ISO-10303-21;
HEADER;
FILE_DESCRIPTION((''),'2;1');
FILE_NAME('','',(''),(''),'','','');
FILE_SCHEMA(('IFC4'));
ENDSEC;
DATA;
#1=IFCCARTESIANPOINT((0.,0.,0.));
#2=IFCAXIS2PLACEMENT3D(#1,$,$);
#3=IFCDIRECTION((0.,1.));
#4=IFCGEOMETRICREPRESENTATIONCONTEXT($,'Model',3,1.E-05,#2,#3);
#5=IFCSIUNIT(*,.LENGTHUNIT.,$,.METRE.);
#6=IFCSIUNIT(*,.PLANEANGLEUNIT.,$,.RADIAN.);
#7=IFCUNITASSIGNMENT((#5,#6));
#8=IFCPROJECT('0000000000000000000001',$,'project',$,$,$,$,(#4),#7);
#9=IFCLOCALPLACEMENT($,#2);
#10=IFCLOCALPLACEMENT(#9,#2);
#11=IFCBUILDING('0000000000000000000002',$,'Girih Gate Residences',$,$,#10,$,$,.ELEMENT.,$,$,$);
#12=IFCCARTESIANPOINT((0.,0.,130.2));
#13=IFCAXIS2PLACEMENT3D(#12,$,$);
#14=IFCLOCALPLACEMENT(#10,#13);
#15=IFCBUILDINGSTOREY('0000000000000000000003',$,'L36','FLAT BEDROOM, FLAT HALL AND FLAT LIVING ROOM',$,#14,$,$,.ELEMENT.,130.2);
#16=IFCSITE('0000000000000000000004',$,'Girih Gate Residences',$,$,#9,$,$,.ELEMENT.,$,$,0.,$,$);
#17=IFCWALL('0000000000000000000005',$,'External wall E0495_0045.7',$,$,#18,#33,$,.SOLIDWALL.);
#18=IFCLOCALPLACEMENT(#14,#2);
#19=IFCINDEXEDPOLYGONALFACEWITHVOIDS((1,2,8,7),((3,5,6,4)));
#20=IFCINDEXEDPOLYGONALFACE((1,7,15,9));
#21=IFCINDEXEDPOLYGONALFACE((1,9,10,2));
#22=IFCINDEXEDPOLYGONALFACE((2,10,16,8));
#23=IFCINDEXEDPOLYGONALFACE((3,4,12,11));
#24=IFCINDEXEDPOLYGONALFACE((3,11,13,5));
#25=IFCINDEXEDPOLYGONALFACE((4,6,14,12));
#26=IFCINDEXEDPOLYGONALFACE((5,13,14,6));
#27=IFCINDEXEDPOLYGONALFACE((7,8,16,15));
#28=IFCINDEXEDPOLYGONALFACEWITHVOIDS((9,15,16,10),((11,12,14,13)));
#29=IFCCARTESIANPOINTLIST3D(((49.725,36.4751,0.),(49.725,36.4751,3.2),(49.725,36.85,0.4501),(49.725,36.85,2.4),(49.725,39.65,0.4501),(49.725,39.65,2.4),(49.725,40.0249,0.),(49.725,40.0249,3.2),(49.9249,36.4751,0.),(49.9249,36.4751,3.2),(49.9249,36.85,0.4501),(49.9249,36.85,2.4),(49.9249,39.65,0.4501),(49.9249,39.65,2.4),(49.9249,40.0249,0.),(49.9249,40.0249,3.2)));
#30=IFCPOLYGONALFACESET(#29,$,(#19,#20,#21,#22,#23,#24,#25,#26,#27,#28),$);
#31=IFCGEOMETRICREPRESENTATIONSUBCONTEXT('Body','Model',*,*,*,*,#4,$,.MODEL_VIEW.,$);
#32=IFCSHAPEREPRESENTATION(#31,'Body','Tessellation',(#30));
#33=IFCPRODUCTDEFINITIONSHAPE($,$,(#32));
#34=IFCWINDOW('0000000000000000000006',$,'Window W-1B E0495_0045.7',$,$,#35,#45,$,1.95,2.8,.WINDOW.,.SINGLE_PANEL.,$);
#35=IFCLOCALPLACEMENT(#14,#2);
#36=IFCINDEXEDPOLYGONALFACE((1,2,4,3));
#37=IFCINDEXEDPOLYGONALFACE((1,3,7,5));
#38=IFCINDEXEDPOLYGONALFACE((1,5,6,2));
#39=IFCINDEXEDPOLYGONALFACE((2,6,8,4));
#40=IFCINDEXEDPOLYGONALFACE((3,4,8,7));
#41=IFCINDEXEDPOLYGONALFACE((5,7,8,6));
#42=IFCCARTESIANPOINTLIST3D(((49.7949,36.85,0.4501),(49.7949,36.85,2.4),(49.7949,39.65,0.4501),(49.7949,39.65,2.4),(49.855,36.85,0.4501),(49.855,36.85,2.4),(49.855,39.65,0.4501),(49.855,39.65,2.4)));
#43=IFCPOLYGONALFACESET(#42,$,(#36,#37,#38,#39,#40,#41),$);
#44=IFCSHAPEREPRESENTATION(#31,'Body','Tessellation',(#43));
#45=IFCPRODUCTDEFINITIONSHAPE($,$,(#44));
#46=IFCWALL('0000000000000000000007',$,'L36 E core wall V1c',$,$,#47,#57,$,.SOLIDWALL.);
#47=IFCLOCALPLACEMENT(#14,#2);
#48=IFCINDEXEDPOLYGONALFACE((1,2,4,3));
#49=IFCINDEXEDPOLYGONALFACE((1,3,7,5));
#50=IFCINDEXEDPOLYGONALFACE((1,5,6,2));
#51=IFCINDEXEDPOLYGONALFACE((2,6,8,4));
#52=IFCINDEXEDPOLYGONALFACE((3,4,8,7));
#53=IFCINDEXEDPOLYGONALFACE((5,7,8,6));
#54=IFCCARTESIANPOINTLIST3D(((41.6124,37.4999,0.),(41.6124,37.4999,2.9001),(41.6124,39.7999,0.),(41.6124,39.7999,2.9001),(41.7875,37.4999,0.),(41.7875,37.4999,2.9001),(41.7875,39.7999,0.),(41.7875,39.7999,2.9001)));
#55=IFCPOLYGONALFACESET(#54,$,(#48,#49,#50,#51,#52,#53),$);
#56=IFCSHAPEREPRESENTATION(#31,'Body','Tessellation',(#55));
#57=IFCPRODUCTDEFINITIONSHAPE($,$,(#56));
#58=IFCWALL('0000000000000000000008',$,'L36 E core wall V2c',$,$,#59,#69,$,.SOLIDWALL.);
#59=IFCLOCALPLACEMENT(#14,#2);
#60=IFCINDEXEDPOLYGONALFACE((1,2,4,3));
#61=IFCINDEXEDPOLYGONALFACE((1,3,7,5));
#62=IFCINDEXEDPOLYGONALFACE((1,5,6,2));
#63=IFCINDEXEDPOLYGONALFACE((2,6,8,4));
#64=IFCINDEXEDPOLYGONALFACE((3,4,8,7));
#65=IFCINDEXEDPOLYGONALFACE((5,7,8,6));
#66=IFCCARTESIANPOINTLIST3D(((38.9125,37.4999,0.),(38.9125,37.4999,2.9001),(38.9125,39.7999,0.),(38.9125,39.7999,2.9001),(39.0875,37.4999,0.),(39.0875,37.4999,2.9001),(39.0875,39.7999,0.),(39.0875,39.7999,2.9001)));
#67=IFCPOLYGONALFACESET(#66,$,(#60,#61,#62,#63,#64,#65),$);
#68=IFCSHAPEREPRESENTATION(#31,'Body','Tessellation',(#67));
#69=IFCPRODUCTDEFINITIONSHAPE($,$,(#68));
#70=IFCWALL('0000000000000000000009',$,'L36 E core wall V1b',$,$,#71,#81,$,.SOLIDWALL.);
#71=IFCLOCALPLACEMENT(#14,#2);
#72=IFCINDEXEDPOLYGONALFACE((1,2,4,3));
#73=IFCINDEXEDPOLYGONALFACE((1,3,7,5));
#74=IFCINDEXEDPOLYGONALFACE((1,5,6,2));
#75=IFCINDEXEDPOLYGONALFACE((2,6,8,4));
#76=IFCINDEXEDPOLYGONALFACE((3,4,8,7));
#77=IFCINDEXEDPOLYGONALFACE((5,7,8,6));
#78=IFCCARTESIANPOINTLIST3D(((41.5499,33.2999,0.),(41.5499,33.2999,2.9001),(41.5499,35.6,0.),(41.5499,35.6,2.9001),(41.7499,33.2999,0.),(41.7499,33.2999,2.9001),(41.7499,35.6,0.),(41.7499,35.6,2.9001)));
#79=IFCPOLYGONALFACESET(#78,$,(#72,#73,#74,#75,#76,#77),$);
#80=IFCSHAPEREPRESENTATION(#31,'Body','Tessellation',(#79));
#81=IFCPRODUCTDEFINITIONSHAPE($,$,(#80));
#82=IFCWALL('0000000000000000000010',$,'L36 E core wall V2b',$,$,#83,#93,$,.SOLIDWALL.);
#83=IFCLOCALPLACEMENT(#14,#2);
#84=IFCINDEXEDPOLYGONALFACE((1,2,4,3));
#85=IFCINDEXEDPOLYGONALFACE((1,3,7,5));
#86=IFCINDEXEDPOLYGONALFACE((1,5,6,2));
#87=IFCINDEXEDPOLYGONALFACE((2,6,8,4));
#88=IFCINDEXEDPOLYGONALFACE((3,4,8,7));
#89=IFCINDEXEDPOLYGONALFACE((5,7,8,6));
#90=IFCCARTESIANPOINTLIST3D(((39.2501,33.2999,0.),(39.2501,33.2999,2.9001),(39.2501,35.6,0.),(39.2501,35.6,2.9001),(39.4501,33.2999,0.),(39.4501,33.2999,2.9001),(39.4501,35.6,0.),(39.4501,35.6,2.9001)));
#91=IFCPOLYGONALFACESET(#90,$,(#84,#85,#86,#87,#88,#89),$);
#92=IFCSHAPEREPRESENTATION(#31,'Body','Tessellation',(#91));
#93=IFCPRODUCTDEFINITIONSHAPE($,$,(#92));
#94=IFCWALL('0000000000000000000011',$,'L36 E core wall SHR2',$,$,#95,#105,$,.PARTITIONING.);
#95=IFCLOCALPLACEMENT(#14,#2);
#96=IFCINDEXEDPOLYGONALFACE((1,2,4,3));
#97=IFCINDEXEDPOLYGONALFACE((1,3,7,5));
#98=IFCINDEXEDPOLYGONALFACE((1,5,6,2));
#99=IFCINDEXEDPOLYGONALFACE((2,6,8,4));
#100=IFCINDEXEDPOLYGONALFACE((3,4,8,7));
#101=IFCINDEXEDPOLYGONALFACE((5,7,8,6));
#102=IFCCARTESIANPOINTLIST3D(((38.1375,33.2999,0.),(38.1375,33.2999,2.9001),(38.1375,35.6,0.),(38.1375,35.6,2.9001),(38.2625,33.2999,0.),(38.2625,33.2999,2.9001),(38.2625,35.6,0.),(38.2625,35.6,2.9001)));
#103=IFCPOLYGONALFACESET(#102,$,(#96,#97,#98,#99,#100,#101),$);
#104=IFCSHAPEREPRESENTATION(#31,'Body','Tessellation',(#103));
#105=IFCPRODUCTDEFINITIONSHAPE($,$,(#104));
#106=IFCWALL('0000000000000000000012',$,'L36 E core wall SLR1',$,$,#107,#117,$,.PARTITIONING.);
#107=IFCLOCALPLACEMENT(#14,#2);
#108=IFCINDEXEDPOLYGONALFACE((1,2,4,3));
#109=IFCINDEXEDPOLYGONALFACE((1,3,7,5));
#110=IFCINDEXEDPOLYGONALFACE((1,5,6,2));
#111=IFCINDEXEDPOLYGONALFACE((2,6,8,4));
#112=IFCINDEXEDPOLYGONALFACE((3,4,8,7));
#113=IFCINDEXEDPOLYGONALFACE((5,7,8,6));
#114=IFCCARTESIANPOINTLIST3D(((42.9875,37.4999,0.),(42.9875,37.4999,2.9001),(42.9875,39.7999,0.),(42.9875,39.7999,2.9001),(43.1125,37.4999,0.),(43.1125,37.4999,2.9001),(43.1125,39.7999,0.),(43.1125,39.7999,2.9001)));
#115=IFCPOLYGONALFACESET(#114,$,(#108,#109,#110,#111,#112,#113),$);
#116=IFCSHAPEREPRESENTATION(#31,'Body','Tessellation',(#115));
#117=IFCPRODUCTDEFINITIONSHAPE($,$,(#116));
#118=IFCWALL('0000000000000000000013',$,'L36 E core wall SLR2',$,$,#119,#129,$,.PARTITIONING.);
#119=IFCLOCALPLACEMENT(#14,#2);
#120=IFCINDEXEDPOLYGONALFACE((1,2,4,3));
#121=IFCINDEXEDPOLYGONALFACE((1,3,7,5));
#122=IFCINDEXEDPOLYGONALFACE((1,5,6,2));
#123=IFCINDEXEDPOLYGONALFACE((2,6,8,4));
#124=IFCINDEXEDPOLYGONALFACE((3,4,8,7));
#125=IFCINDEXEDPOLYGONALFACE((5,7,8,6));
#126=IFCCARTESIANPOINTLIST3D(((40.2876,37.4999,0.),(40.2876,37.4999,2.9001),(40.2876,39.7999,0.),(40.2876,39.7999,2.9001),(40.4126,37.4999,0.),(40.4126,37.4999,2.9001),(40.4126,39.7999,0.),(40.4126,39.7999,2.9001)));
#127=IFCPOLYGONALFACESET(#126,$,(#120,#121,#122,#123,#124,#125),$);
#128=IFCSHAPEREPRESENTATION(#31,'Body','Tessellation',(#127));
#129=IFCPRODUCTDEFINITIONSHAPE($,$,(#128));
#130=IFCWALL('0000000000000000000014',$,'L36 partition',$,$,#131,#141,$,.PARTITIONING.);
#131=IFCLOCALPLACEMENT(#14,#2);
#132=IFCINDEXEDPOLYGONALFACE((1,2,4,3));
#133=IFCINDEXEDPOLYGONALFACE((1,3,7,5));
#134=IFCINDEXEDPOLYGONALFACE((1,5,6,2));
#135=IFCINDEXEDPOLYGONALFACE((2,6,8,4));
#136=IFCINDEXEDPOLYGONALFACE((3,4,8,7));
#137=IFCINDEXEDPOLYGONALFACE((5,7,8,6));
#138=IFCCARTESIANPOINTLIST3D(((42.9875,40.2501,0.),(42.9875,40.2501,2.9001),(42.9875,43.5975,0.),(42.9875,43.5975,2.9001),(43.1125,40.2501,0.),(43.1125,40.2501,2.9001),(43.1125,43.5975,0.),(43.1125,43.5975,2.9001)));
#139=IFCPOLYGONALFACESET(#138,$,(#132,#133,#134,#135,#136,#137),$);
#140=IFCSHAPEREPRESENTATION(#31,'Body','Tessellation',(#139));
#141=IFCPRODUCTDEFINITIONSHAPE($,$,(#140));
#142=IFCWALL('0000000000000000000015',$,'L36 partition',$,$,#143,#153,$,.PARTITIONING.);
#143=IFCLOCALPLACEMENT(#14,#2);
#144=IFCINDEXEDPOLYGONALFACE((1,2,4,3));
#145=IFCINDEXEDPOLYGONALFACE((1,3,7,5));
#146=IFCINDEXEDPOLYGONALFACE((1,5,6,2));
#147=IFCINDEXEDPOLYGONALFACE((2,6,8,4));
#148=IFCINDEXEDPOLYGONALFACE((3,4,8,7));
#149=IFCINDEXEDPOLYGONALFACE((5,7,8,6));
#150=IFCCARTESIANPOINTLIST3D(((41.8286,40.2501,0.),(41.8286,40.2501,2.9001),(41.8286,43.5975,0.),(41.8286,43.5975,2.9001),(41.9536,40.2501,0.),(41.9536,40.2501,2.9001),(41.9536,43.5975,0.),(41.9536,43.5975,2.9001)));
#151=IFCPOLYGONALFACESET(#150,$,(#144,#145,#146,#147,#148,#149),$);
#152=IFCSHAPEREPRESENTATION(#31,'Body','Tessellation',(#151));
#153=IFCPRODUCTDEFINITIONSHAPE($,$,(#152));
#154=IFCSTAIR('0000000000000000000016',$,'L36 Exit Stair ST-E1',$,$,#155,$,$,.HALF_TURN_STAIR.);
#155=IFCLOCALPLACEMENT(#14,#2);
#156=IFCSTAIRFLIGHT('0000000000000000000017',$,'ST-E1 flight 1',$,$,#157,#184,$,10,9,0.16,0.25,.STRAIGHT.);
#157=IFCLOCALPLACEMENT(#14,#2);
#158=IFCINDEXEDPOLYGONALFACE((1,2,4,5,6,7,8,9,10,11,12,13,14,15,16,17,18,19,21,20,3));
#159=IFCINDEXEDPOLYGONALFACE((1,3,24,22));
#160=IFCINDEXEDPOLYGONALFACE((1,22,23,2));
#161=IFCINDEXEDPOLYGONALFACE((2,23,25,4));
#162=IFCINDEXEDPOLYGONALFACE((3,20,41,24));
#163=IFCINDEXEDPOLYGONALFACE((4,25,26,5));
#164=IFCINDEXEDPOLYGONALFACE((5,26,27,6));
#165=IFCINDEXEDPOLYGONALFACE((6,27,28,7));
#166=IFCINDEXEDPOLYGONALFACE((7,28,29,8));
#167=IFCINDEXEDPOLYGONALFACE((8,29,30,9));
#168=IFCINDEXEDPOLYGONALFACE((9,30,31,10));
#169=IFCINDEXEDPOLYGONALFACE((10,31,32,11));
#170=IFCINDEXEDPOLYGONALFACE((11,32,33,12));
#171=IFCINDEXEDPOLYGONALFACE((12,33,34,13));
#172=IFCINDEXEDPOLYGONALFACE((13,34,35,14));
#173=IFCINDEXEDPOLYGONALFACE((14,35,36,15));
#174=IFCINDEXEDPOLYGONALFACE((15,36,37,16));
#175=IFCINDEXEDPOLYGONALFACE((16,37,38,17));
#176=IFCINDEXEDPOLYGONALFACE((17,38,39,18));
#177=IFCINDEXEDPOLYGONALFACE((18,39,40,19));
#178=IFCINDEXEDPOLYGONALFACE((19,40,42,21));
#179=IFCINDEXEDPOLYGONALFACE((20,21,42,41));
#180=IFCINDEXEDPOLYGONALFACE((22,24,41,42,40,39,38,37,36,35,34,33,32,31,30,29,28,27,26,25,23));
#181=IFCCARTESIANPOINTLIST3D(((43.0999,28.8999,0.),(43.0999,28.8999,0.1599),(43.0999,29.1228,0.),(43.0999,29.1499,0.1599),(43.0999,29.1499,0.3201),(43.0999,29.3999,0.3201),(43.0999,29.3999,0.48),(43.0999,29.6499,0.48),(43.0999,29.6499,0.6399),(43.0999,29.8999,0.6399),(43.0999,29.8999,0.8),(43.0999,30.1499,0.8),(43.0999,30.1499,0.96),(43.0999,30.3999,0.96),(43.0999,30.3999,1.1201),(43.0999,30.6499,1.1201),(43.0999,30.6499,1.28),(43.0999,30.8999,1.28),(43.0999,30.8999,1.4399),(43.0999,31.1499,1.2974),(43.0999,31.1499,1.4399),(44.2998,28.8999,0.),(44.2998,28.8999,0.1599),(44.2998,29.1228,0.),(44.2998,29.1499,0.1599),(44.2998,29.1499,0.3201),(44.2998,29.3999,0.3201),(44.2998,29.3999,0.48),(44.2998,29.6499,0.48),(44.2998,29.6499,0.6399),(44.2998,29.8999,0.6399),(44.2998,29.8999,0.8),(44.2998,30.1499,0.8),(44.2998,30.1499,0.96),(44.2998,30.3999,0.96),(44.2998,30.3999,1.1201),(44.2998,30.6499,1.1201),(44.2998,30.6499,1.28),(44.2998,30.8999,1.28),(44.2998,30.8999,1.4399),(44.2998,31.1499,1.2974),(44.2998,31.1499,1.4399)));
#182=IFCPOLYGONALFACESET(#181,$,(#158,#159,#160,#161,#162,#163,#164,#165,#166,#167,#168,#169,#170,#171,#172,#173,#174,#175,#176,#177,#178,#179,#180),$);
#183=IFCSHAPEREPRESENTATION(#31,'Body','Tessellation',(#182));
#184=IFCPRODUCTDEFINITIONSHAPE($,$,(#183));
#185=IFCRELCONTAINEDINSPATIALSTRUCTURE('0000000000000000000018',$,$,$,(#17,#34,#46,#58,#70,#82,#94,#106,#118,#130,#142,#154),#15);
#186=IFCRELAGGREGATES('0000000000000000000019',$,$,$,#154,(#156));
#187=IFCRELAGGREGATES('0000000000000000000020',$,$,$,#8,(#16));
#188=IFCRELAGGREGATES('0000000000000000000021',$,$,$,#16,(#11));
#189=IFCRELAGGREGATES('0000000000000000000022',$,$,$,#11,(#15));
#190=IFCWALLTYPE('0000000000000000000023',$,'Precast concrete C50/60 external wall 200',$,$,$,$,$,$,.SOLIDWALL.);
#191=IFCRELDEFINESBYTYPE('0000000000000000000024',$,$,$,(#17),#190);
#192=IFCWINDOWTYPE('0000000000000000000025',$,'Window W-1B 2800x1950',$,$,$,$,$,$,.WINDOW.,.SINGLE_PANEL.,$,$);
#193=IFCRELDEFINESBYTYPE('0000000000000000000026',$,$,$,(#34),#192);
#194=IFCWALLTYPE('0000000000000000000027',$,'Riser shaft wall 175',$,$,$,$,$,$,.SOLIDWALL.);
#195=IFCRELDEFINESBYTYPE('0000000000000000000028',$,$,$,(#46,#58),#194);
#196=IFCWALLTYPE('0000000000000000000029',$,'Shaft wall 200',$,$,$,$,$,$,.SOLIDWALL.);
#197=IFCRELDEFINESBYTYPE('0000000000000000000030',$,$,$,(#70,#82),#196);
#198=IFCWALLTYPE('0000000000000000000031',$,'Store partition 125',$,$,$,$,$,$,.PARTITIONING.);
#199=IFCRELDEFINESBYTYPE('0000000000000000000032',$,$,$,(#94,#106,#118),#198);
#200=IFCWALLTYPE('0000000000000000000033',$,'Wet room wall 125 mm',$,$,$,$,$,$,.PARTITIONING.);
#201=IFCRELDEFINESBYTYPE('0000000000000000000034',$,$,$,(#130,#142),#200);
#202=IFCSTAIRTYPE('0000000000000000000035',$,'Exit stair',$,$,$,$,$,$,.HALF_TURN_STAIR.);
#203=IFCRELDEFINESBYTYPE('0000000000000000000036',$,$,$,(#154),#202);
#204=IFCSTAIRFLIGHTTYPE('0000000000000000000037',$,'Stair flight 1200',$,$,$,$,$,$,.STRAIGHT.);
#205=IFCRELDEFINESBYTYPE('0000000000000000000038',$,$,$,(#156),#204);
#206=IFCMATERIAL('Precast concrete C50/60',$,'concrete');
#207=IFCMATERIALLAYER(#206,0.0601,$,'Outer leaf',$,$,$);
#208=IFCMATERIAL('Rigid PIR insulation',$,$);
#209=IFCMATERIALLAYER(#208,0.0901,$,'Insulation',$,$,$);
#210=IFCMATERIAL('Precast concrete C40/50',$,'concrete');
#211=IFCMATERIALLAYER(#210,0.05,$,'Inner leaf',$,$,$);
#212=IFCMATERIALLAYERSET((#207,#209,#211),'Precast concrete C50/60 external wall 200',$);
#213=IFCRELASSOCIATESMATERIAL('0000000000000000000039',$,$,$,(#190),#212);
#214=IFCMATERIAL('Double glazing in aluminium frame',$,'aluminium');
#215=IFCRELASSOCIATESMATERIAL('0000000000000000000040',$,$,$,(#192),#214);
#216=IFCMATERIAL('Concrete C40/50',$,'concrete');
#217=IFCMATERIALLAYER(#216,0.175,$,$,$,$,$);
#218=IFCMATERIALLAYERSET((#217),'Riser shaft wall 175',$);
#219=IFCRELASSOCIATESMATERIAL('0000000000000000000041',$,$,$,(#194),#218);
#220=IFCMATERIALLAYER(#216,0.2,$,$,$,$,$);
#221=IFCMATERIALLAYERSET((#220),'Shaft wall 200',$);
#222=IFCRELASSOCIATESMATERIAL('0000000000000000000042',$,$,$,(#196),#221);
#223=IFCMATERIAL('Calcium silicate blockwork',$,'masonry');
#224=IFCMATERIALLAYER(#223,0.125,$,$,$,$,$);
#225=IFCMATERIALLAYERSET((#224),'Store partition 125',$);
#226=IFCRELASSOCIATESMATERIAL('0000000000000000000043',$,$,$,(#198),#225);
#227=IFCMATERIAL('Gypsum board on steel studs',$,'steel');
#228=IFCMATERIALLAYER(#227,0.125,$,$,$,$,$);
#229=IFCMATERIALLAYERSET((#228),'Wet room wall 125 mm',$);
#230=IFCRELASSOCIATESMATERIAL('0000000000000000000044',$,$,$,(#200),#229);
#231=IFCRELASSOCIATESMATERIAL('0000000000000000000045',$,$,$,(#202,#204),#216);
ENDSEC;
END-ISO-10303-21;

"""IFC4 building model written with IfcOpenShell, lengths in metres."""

from ifc_helpers import new_model, si_unit, direction, frame, frame_2d, origin, place, context, subcontext, project, spatial, polyline, rectangle, outline, extrude, material, layer, layer_set, type_object, element, fill, aggregate, save


model = new_model("IFC4")

# Units and contexts
model_context = context("Model", 3, precision=1e-05, world=origin(), true_north=direction((0.0, 1.0)))
body_context = subcontext(model_context, "Body", "Model", "MODEL_VIEW")
ifc_project = project(units=[si_unit("LENGTHUNIT", "METRE"), si_unit("PLANEANGLEUNIT", "RADIAN")], contexts=[model_context])

# Site, building, storey
site_placement = place(None, origin())
site = spatial("IfcSite", under=ifc_project, at=site_placement, Name="Girih Gate Residences", CompositionType="ELEMENT", RefElevation=0.0)
building_placement = place(site_placement, origin())
building = spatial("IfcBuilding", under=site, at=building_placement, Name="Girih Gate Residences", CompositionType="ELEMENT")
storey_placement = place(building_placement, frame((0.0, 0.0, 130.2)))
storey = spatial("IfcBuildingStorey", under=building, at=storey_placement, Name="L36", Description="FLAT BEDROOM, FLAT HALL AND FLAT LIVING ROOM", CompositionType="ELEMENT", Elevation=130.2)

# Shared definitions
ifc_material_1 = material(Name="Gypsum board on steel studs", Category="steel")

# Wall, opening, window
ifc_material_2 = material(Name="Precast concrete C50/60", Category="concrete")
ifc_layer_1 = layer(ifc_material_2, 0.0601, Name="Outer leaf")
ifc_material_3 = material(Name="Rigid PIR insulation")
ifc_layer_2 = layer(ifc_material_3, 0.0901, Name="Insulation")
ifc_material_4 = material(Name="Precast concrete C40/50", Category="concrete")
ifc_layer_3 = layer(ifc_material_4, 0.05, Name="Inner leaf")
ifc_layer_set_1 = layer_set([ifc_layer_1, ifc_layer_2, ifc_layer_3], Name="Precast concrete C50/60 external wall 200")
wall_type_1 = type_object("IfcWallType", Name="Precast concrete C50/60 external wall 200", PredefinedType="SOLIDWALL", material=ifc_layer_set_1)
ifc_material_5 = material(Name="Double glazing in aluminium frame", Category="aluminium")
window_type = type_object("IfcWindowType", Name="Window W-1B 2800x1950", PartitioningType="SINGLE_PANEL", PredefinedType="WINDOW", material=ifc_material_5)
wall_1_placement = place(storey_placement, frame((49.825, 40.0249, 0.0), z_axis=(0.0, 0.0, 1.0), x_axis=(0.0, -1.0, 0.0)))
wall_1 = element("IfcWall", 1, at=wall_1_placement, inside=storey, type_object=wall_type_1, Name="External wall E0495_0045.7", PredefinedType="SOLIDWALL", context=body_context, shape_type="SweptSolid", body=[
    extrude(rectangle(XDim=3.5498, YDim=0.2, at=frame_2d((1.7749, 0.0))), origin(), (0.0, 0.0, 1.0), 3.2),
])
opening_1_placement = place(wall_1_placement, frame((0.375, 0.0, 0.45)))
opening_1 = element("IfcOpeningElement", 2, at=opening_1_placement, cuts=wall_1, PredefinedType="OPENING", context=body_context, shape_type="SweptSolid", body=[
    extrude(rectangle(XDim=2.8, YDim=1.95, at=frame_2d((1.3999, 0.9751))), frame((0.0, 0.1099, 0.0), z_axis=(0.0, -1.0, 0.0), x_axis=(1.0, 0.0, 0.0)), (0.0, 0.0, 1.0), 0.22),
])
window_1_placement = place(opening_1_placement, origin())
window_1 = element("IfcWindow", 3, at=window_1_placement, inside=storey, type_object=window_type, Name="Window W-1B E0495_0045.7", OverallHeight=1.95, OverallWidth=2.8, PartitioningType="SINGLE_PANEL", PredefinedType="WINDOW", context=body_context, shape_type="SweptSolid", body=[
    extrude(rectangle(XDim=2.8, YDim=1.95, at=frame_2d((1.3999, 0.9751))), frame((0.0, 0.03, 0.0), z_axis=(0.0, -1.0, 0.0), x_axis=(1.0, 0.0, 0.0)), (0.0, 0.0, 1.0), 0.0601),
])
fill(opening_1, window_1)

# Walls
ifc_material_6 = material(Name="Concrete C40/50", Category="concrete")
ifc_layer_4 = layer(ifc_material_6, 0.175)
ifc_layer_set_2 = layer_set([ifc_layer_4], Name="Riser shaft wall 175")
wall_type_2 = type_object("IfcWallType", Name="Riser shaft wall 175", PredefinedType="SOLIDWALL", material=ifc_layer_set_2)
for number, where, z_axis, x_axis, name in (
    (4, (41.7, 37.5, 0.0), (0.0, 0.0, 1.0), (0.0, 1.0, 0.0), "L36 E core wall V1c"),
    (5, (39.0, 37.5, 0.0), (0.0, 0.0, 1.0), (0.0, 1.0, 0.0), "L36 E core wall V2c"),
):
    element("IfcWall", number, at=place(storey_placement, frame(where, z_axis=z_axis, x_axis=x_axis)), inside=storey, type_object=wall_type_2, Name=name, PredefinedType="SOLIDWALL", context=body_context, shape_type="SweptSolid", body=[
        extrude(rectangle(XDim=2.3, YDim=0.175, at=frame_2d((1.1499, 0.0))), origin(), (0.0, 0.0, 1.0), 2.9001),
    ])
ifc_layer_5 = layer(ifc_material_6, 0.2)
ifc_layer_set_3 = layer_set([ifc_layer_5], Name="Shaft wall 200")
wall_type_3 = type_object("IfcWallType", Name="Shaft wall 200", PredefinedType="SOLIDWALL", material=ifc_layer_set_3)
for number, where, z_axis, x_axis, name in (
    (6, (41.6499, 33.3, 0.0), (0.0, 0.0, 1.0), (0.0, 1.0, 0.0), "L36 E core wall V1b"),
    (7, (39.3501, 33.3, 0.0), (0.0, 0.0, 1.0), (0.0, 1.0, 0.0), "L36 E core wall V2b"),
):
    element("IfcWall", number, at=place(storey_placement, frame(where, z_axis=z_axis, x_axis=x_axis)), inside=storey, type_object=wall_type_3, Name=name, PredefinedType="SOLIDWALL", context=body_context, shape_type="SweptSolid", body=[
        extrude(rectangle(XDim=2.3, YDim=0.2, at=frame_2d((1.1499, 0.0))), origin(), (0.0, 0.0, 1.0), 2.9001),
    ])
ifc_material_7 = material(Name="Calcium silicate blockwork", Category="masonry")
ifc_layer_6 = layer(ifc_material_7, 0.125)
ifc_layer_set_4 = layer_set([ifc_layer_6], Name="Store partition 125")
wall_type_4 = type_object("IfcWallType", Name="Store partition 125", PredefinedType="PARTITIONING", material=ifc_layer_set_4)
for number, where, z_axis, x_axis, name in (
    (8, (38.2, 33.3, 0.0), (0.0, 0.0, 1.0), (0.0, 1.0, 0.0), "L36 E core wall SHR2"),
    (9, (43.05, 37.5, 0.0), (0.0, 0.0, 1.0), (0.0, 1.0, 0.0), "L36 E core wall SLR1"),
    (10, (40.3501, 37.5, 0.0), (0.0, 0.0, 1.0), (0.0, 1.0, 0.0), "L36 E core wall SLR2"),
):
    element("IfcWall", number, at=place(storey_placement, frame(where, z_axis=z_axis, x_axis=x_axis)), inside=storey, type_object=wall_type_4, Name=name, PredefinedType="PARTITIONING", context=body_context, shape_type="SweptSolid", body=[
        extrude(rectangle(XDim=2.3, YDim=0.125, at=frame_2d((1.1499, 0.0))), origin(), (0.0, 0.0, 1.0), 2.9001),
    ])
ifc_layer_7 = layer(ifc_material_1, 0.125)
ifc_layer_set_5 = layer_set([ifc_layer_7], Name="Wet room wall 125 mm")
wall_type_5 = type_object("IfcWallType", Name="Wet room wall 125 mm", PredefinedType="PARTITIONING", material=ifc_layer_set_5)
for number, where, z_axis, x_axis, name in (
    (11, (43.05, 40.25, 0.0), (0.0, 0.0, 1.0), (0.0, 1.0, 0.0), "L36 partition"),
    (12, (41.8911, 40.25, 0.0), (0.0, 0.0, 1.0), (0.0, 1.0, 0.0), "L36 partition"),
):
    element("IfcWall", number, at=place(storey_placement, frame(where, z_axis=z_axis, x_axis=x_axis)), inside=storey, type_object=wall_type_5, Name=name, PredefinedType="PARTITIONING", context=body_context, shape_type="SweptSolid", body=[
        extrude(rectangle(XDim=3.3474, YDim=0.125, at=frame_2d((1.6738, 0.0))), origin(), (0.0, 0.0, 1.0), 2.9001),
    ])

# Stair, stair flight
stair_type = type_object("IfcStairType", Name="Exit stair", PredefinedType="HALF_TURN_STAIR", material=ifc_material_6)
stair_placement = place(storey_placement, origin())
stair = element("IfcStair", 13, at=stair_placement, inside=storey, type_object=stair_type, Name="L36 Exit Stair ST-E1", PredefinedType="HALF_TURN_STAIR")
stair_flight_type = type_object("IfcStairFlightType", Name="Stair flight 1200", PredefinedType="STRAIGHT", material=ifc_material_6)
stair_flight_1_placement = place(storey_placement, frame((43.7, 28.8999, 0.0), z_axis=(0.0, 0.0, 1.0), x_axis=(0.0, 1.0, 0.0)))
stair_flight_1 = element("IfcStairFlight", 14, at=stair_flight_1_placement, type_object=stair_flight_type, Name="ST-E1 flight 1", NumberOfRisers=10, NumberOfTreads=9, PredefinedType="STRAIGHT", RiserHeight=0.16, TreadLength=0.25, context=body_context, shape_type="SweptSolid", body=[
    extrude(outline(polyline([(0.0, 0.0), (0.0, 0.1599), (0.25, 0.1599), (0.25, 0.3201), (0.5, 0.3201), (0.5, 0.48), (0.75, 0.48), (0.75, 0.6399), (1.0, 0.6399), (1.0, 0.8), (1.25, 0.8), (1.25, 0.96), (1.5, 0.96), (1.5, 1.1201), (1.75, 1.1201), (1.75, 1.28), (2.0, 1.28), (2.0, 1.4399), (2.25, 1.4399), (2.25, 1.6001), (2.25, 1.2974), (0.2229, 0.0), (0.0, 0.0)])), frame((0.0, 0.6001, 0.0), z_axis=(0.0, -1.0, 0.0), x_axis=(1.0, 0.0, 0.0)), (0.0, 0.0, 1.0), 1.2),
])
aggregate(stair, [stair_flight_1])

save(model, "model.ifc")
